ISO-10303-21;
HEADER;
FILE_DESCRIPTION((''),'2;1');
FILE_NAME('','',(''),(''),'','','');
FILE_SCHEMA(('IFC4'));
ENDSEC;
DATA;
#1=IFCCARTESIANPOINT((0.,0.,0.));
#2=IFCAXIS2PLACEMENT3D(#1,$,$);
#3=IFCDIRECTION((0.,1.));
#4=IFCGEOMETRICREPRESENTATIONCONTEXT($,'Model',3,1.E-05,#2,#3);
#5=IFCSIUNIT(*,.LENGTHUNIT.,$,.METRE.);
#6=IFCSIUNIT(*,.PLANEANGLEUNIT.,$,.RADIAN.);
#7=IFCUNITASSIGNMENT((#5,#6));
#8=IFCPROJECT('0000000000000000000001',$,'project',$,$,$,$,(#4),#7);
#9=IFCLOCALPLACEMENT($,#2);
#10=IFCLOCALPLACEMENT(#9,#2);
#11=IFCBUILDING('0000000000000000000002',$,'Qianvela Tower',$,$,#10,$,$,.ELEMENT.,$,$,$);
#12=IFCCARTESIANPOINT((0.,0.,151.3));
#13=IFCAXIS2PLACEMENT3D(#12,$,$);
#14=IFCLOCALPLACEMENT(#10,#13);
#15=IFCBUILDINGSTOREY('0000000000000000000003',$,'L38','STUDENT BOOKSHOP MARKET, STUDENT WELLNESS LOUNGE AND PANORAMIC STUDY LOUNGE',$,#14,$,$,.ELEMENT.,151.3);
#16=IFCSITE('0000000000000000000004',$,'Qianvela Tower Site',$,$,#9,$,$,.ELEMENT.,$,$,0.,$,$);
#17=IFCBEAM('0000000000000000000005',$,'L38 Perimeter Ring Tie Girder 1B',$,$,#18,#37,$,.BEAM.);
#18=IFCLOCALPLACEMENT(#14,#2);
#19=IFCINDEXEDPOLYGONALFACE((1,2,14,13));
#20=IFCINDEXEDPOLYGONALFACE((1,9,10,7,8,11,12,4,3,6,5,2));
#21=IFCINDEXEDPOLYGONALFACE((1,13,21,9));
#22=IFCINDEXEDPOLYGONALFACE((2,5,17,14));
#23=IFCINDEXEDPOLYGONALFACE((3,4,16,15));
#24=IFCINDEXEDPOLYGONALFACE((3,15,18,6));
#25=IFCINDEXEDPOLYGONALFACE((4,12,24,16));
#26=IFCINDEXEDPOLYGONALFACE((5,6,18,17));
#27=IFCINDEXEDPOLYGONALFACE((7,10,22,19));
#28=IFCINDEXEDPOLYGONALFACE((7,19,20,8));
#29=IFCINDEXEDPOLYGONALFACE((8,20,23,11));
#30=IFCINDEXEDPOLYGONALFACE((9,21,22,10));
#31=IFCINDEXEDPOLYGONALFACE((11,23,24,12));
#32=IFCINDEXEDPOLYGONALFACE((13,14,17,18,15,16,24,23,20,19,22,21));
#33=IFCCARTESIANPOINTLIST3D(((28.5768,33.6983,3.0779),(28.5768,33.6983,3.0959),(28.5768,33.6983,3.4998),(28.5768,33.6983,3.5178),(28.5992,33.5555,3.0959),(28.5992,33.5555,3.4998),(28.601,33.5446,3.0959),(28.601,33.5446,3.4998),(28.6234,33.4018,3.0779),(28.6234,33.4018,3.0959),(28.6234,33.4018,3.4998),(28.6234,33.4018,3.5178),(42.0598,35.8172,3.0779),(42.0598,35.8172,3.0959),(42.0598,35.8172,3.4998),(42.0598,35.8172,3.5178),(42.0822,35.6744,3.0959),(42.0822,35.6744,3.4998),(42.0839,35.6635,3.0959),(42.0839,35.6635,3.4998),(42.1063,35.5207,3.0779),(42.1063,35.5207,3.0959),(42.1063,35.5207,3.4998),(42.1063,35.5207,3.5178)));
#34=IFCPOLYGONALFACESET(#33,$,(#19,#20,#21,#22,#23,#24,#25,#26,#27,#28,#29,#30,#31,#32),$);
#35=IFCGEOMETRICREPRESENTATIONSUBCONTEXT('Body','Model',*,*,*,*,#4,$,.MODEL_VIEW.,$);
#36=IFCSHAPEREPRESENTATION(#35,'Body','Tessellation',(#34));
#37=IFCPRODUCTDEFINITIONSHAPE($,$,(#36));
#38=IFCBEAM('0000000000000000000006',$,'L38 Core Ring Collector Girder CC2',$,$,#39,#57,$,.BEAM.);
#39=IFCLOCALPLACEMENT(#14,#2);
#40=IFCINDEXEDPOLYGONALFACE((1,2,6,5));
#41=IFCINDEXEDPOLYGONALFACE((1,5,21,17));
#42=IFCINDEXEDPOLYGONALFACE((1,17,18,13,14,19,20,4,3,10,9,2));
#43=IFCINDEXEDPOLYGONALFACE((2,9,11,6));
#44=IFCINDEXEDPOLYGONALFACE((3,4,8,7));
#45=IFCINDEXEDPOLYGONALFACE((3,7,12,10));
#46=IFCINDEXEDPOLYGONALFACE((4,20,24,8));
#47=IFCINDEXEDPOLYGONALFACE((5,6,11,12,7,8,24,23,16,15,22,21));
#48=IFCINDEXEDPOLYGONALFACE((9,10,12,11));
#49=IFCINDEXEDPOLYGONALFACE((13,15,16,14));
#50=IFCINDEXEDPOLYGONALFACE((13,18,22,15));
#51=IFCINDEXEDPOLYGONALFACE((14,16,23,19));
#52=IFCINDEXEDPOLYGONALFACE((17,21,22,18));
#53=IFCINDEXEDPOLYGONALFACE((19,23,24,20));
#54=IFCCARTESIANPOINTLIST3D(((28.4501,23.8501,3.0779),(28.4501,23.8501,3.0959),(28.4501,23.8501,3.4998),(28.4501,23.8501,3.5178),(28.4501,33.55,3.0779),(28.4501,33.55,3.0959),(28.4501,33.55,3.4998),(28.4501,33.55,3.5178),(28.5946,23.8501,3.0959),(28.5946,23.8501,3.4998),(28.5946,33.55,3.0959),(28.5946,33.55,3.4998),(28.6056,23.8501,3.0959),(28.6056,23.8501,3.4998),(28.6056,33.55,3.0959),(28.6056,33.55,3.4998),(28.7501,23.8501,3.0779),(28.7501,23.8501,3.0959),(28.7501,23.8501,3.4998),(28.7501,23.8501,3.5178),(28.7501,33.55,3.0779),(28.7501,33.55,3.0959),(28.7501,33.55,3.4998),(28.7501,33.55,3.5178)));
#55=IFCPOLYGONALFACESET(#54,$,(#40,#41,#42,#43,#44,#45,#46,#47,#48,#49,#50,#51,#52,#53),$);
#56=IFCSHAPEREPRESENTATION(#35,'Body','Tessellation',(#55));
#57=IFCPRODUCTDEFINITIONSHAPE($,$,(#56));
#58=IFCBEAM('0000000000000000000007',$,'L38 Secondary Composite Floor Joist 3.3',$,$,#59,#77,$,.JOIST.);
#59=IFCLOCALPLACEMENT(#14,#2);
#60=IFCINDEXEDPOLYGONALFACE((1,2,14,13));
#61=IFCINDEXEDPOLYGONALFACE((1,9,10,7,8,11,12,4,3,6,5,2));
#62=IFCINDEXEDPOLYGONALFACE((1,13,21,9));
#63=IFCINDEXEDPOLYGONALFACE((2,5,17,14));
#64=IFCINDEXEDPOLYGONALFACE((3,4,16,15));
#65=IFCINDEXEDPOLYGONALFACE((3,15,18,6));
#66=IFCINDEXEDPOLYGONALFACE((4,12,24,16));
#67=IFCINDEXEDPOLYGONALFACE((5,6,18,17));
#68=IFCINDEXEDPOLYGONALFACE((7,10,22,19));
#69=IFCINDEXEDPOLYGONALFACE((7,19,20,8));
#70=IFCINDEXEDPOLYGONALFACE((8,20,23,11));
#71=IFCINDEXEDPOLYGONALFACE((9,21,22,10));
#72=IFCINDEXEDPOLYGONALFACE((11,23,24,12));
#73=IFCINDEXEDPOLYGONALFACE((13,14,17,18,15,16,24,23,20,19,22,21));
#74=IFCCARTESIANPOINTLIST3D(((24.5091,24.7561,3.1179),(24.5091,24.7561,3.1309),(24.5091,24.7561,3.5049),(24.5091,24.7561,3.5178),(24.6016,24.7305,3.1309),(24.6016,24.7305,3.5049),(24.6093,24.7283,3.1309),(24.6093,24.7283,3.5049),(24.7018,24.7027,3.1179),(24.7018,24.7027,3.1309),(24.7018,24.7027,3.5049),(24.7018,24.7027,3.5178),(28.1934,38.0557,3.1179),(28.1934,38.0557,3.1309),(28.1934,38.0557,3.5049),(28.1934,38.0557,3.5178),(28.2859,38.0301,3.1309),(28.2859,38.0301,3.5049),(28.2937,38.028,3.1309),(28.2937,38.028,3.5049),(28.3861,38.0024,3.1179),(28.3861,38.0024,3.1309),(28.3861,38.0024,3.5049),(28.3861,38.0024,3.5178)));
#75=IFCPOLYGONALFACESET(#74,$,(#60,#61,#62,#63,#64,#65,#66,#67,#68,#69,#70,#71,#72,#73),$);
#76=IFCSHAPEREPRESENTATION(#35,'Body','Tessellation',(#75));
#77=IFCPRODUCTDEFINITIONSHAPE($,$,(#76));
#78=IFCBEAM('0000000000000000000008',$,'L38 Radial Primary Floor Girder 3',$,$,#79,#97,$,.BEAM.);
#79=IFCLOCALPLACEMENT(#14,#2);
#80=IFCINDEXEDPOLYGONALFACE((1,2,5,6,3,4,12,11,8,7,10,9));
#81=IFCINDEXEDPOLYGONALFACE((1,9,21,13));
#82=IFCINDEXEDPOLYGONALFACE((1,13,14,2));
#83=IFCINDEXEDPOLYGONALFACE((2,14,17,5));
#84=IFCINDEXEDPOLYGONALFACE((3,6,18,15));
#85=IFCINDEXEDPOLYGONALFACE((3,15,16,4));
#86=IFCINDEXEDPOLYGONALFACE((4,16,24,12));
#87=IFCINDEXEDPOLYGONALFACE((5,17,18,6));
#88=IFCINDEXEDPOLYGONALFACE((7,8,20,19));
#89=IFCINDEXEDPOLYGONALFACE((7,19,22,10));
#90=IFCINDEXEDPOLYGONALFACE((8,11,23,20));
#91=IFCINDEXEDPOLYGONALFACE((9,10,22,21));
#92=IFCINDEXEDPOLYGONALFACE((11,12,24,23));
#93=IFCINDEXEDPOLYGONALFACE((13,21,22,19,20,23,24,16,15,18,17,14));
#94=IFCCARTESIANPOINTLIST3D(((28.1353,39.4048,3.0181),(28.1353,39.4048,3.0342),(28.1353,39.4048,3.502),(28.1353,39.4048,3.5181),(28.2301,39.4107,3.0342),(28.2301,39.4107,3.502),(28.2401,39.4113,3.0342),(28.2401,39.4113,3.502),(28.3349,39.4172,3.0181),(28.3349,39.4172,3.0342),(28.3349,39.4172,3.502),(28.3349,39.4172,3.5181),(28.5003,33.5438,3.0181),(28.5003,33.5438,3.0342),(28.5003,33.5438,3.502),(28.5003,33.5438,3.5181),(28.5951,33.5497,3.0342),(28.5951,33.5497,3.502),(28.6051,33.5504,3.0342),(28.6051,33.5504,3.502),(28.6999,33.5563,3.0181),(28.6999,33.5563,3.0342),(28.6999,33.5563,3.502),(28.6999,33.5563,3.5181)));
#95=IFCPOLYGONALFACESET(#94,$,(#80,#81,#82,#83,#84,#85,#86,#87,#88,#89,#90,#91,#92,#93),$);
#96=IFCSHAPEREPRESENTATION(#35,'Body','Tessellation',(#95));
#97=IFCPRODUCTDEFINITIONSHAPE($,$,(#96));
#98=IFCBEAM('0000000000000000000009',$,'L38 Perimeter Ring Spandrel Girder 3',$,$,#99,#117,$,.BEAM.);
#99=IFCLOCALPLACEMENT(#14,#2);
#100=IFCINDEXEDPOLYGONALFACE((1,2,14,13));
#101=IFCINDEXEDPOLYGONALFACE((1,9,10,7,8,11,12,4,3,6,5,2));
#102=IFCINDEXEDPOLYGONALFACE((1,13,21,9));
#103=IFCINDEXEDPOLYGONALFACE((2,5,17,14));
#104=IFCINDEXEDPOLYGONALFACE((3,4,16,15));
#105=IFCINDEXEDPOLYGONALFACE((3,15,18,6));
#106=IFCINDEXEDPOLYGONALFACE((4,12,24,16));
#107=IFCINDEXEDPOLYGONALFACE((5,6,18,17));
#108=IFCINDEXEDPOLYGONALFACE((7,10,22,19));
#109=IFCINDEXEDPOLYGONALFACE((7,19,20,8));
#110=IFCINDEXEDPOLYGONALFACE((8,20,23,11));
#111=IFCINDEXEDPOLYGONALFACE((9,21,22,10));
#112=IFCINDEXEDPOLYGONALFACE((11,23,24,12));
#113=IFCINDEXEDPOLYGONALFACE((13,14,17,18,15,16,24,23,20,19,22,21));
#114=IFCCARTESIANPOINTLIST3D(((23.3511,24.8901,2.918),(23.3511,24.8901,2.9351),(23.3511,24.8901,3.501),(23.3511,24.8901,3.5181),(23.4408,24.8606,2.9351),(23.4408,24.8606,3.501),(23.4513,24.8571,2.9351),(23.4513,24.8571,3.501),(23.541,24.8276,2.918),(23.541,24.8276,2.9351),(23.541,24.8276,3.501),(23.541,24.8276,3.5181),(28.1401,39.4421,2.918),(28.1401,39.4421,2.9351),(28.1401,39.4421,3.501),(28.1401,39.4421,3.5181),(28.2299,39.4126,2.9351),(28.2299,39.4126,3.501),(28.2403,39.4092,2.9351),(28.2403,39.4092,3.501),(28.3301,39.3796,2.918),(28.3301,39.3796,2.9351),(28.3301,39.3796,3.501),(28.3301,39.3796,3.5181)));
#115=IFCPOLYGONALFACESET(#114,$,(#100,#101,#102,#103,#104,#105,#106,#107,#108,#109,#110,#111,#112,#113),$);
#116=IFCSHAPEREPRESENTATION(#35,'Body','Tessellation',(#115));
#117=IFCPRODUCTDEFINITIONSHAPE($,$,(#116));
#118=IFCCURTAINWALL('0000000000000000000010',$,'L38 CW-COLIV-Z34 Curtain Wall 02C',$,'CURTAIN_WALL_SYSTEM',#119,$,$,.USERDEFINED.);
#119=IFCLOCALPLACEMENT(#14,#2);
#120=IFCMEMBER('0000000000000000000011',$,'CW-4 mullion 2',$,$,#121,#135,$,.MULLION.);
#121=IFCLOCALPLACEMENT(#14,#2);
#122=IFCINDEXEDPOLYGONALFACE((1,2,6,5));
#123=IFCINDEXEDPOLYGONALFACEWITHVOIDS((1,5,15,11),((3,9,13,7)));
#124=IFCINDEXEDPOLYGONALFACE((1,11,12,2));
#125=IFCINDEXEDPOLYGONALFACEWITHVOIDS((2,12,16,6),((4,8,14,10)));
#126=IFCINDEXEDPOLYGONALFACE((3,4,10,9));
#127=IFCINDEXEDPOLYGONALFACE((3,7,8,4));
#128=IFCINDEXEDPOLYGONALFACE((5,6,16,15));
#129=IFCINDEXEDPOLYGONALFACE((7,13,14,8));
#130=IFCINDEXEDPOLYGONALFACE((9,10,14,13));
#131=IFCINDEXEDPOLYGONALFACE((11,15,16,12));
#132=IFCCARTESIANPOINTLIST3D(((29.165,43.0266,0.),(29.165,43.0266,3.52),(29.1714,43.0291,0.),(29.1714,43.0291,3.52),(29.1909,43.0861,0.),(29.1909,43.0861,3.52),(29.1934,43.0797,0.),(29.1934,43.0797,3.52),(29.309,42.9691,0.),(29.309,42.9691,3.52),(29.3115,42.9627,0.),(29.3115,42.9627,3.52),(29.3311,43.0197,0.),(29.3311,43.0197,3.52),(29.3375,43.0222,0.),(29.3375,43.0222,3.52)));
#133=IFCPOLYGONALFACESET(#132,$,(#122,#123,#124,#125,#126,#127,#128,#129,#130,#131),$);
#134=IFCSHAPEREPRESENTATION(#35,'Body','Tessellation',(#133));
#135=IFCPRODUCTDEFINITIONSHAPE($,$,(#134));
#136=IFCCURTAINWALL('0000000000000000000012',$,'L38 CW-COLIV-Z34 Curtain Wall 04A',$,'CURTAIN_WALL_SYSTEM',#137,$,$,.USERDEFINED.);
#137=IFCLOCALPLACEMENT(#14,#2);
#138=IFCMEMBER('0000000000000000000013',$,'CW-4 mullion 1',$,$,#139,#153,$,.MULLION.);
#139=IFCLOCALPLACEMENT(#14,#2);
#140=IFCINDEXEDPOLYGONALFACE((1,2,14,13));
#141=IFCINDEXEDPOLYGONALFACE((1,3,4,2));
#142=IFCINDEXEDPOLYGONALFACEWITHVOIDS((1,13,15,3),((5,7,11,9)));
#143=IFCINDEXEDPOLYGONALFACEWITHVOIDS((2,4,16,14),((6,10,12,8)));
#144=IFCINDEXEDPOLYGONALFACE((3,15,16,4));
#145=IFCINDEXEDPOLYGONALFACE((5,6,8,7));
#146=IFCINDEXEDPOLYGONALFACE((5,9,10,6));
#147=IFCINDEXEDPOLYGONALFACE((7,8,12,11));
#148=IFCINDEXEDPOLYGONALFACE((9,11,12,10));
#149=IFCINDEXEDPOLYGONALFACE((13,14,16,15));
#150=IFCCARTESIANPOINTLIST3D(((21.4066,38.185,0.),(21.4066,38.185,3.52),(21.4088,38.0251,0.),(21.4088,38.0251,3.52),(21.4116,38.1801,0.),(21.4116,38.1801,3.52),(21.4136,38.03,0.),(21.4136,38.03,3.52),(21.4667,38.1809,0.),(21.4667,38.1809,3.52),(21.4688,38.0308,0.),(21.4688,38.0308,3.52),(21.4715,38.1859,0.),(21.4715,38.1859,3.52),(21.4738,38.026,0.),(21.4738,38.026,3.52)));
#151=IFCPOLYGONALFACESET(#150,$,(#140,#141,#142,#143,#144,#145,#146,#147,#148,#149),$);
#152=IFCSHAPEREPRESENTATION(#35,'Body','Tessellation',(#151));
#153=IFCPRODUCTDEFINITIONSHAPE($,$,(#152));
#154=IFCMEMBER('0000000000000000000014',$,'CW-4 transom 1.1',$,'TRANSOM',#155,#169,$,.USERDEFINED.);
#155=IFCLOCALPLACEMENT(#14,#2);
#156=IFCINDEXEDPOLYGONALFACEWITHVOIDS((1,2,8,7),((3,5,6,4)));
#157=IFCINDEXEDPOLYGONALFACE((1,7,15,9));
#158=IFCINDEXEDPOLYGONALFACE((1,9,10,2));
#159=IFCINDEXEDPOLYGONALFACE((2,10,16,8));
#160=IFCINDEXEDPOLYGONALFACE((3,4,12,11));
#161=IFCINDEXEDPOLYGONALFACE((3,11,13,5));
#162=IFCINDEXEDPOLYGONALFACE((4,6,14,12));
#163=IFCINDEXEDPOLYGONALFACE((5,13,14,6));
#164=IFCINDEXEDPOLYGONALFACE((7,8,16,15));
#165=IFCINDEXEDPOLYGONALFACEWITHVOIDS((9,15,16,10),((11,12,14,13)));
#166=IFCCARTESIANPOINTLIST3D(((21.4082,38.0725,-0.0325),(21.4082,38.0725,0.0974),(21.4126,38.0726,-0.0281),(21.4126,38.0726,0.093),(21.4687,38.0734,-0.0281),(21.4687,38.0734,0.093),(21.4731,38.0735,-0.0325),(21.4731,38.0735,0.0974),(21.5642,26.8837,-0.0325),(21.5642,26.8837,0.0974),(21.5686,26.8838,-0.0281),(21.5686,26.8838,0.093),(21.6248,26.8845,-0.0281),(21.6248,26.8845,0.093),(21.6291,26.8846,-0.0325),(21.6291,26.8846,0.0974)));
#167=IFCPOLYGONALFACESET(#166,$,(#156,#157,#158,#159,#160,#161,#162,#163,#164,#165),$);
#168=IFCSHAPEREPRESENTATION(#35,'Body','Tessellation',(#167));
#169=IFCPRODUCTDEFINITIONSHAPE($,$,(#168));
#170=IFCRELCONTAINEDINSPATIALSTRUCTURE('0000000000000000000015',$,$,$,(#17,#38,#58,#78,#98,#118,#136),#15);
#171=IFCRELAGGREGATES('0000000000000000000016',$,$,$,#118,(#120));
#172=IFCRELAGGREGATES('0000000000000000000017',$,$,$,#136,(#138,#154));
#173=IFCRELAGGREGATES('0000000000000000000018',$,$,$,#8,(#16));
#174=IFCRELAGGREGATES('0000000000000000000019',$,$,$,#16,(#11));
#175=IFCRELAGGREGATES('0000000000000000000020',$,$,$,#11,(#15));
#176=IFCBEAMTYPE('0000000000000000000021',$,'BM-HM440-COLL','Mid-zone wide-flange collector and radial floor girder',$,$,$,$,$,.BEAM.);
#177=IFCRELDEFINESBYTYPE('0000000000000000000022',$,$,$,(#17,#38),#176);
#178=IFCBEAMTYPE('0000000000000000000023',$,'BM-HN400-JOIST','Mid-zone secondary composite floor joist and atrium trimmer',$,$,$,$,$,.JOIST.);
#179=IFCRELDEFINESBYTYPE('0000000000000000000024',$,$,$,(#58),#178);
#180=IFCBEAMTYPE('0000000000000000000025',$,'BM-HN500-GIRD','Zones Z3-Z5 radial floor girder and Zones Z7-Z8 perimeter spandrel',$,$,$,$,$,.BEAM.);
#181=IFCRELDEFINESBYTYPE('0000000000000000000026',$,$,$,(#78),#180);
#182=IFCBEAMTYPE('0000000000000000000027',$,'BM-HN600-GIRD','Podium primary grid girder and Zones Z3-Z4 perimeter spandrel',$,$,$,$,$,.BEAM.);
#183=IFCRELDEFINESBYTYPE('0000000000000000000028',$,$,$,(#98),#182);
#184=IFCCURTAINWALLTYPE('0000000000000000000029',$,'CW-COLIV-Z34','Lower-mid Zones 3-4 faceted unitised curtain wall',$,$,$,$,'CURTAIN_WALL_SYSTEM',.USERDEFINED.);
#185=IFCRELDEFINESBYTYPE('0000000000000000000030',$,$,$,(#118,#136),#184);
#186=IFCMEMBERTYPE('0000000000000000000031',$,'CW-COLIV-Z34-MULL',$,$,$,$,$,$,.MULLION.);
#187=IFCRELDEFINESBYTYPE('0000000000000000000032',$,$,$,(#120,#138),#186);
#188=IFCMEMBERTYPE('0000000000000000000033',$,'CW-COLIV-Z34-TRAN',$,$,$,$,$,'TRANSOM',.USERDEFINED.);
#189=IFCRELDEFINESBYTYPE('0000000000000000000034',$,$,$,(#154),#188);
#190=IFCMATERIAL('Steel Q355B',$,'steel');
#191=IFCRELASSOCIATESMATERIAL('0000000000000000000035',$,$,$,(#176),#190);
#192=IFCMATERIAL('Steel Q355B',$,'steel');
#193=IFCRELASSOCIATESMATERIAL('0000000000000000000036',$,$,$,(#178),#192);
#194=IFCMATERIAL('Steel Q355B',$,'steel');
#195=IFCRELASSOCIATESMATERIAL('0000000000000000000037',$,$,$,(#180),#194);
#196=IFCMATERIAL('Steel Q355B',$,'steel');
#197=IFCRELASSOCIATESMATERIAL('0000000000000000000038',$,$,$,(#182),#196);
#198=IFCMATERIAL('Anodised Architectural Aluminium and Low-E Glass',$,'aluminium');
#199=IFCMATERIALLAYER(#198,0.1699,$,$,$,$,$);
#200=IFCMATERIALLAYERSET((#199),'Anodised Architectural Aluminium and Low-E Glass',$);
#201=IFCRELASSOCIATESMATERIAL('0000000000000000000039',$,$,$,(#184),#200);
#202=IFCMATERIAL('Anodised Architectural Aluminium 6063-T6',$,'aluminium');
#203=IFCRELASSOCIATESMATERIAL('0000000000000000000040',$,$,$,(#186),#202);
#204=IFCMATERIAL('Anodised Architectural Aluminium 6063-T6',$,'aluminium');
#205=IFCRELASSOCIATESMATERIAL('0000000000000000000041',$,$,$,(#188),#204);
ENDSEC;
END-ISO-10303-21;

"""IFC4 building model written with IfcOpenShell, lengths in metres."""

from ifc_helpers import new_model, si_unit, direction, frame, origin, origin_2d, place, context, subcontext, project, spatial, hollow_rectangle, i_section, extrude, material, layer, layer_set, material_profile, profile_set, type_object, element, aggregate, save


model = new_model("IFC4")

# Units and contexts
model_context = context("Model", 3, precision=1e-05, world=origin(), true_north=direction((0.0, 1.0)))
body_context = subcontext(model_context, "Body", "Model", "MODEL_VIEW")
ifc_project = project(units=[si_unit("LENGTHUNIT", "METRE"), si_unit("PLANEANGLEUNIT", "RADIAN")], contexts=[model_context])

# Site, building, storey
site_placement = place(None, origin())
site = spatial("IfcSite", under=ifc_project, at=site_placement, Name="Qianvela Tower Site", CompositionType="ELEMENT", RefElevation=0.0)
building_placement = place(site_placement, origin())
building = spatial("IfcBuilding", under=site, at=building_placement, Name="Qianvela Tower", CompositionType="ELEMENT")
storey_placement = place(building_placement, frame((0.0, 0.0, 151.3)))
storey = spatial("IfcBuildingStorey", under=building, at=storey_placement, Name="L38", Description="STUDENT BOOKSHOP MARKET, STUDENT WELLNESS LOUNGE AND PANORAMIC STUDY LOUNGE", CompositionType="ELEMENT", Elevation=151.3)

# Beams
ifc_material_1 = material(Name="Steel Q355B", Category="steel")
ifc_material_profile_1 = material_profile(ifc_material_1, i_section(OverallWidth=0.3, OverallDepth=0.4399, WebThickness=0.011, FlangeThickness=0.0181, at=origin_2d()), Name="HM440x300x11x18")
ifc_profile_set_1 = profile_set([ifc_material_profile_1], Name="Steel Q355B")
beam_type_1 = type_object("IfcBeamType", Name="BM-HM440-COLL", Description="Mid-zone wide-flange collector and radial floor girder", PredefinedType="BEAM", material=ifc_profile_set_1)
beam_1_placement = place(storey_placement, frame((28.6001, 33.55, 3.2979), z_axis=(0.987875, 0.155249, 0.0), x_axis=(-0.155249, 0.987875, 0.0)))
element("IfcBeam", 1, at=beam_1_placement, inside=storey, type_object=beam_type_1, Name="L38 Perimeter Ring Tie Girder 1B", PredefinedType="BEAM", context=body_context, shape_type="SweptSolid", body=[
    extrude(i_section(OverallWidth=0.3, OverallDepth=0.4399, WebThickness=0.011, FlangeThickness=0.0181, at=origin_2d()), origin(), (0.0, 0.0, 1.0), 13.6484),
])
beam_2_placement = place(storey_placement, frame((28.6001, 33.55, 3.2979), z_axis=(0.0, -1.0, 0.0), x_axis=(1.0, 0.0, 0.0)))
element("IfcBeam", 2, at=beam_2_placement, inside=storey, type_object=beam_type_1, Name="L38 Core Ring Collector Girder CC2", PredefinedType="BEAM", context=body_context, shape_type="SweptSolid", body=[
    extrude(i_section(OverallWidth=0.3, OverallDepth=0.4399, WebThickness=0.011, FlangeThickness=0.0181, at=origin_2d()), origin(), (0.0, 0.0, 1.0), 9.7),
])
ifc_material_2 = material(Name="Steel Q355B", Category="steel")
ifc_material_profile_2 = material_profile(ifc_material_2, i_section(OverallWidth=0.2, OverallDepth=0.3999, WebThickness=0.0081, FlangeThickness=0.0129, at=origin_2d()), Name="HN400x200x8x13")
ifc_profile_set_2 = profile_set([ifc_material_profile_2], Name="Steel Q355B")
beam_type_2 = type_object("IfcBeamType", Name="BM-HN400-JOIST", Description="Mid-zone secondary composite floor joist and atrium trimmer", PredefinedType="JOIST", material=ifc_profile_set_2)
beam_3_placement = place(storey_placement, frame((28.2898, 38.0291, 3.3179), z_axis=(-0.266971, -0.963704, 0.0), x_axis=(0.963704, -0.266971, 0.0)))
element("IfcBeam", 3, at=beam_3_placement, inside=storey, type_object=beam_type_2, Name="L38 Secondary Composite Floor Joist 3.3", PredefinedType="JOIST", context=body_context, shape_type="SweptSolid", body=[
    extrude(i_section(OverallWidth=0.2, OverallDepth=0.3999, WebThickness=0.0081, FlangeThickness=0.0129, at=origin_2d()), origin(), (0.0, 0.0, 1.0), 13.8005),
])
ifc_material_3 = material(Name="Steel Q355B", Category="steel")
ifc_material_profile_3 = material_profile(ifc_material_3, i_section(OverallWidth=0.2, OverallDepth=0.5, WebThickness=0.01, FlangeThickness=0.0161, at=origin_2d()), Name="HN500x200x10x16")
ifc_profile_set_3 = profile_set([ifc_material_profile_3], Name="Steel Q355B")
beam_type_3 = type_object("IfcBeamType", Name="BM-HN500-GIRD", Description="Zones Z3-Z5 radial floor girder and Zones Z7-Z8 perimeter spandrel", PredefinedType="BEAM", material=ifc_profile_set_3)
beam_4_placement = place(storey_placement, frame((28.6001, 33.55, 3.2681), z_axis=(-0.062156, 0.998066, 0.0), x_axis=(-0.998066, -0.062156, 0.0)))
element("IfcBeam", 4, at=beam_4_placement, inside=storey, type_object=beam_type_3, Name="L38 Radial Primary Floor Girder 3", PredefinedType="BEAM", context=body_context, shape_type="SweptSolid", body=[
    extrude(i_section(OverallWidth=0.2, OverallDepth=0.5, WebThickness=0.01, FlangeThickness=0.0161, at=origin_2d()), origin(), (0.0, 0.0, 1.0), 5.8723),
])
ifc_material_4 = material(Name="Steel Q355B", Category="steel")
ifc_material_profile_4 = material_profile(ifc_material_4, i_section(OverallWidth=0.2, OverallDepth=0.6001, WebThickness=0.011, FlangeThickness=0.0171, at=origin_2d()), Name="HN600x200x11x17")
ifc_profile_set_4 = profile_set([ifc_material_profile_4], Name="Steel Q355B")
beam_type_4 = type_object("IfcBeamType", Name="BM-HN600-GIRD", Description="Podium primary grid girder and Zones Z3-Z4 perimeter spandrel", PredefinedType="BEAM", material=ifc_profile_set_4)
beam_5_placement = place(storey_placement, frame((28.2351, 39.4109, 3.218), z_axis=(-0.312606, -0.949883, 0.0), x_axis=(0.949883, -0.312606, 0.0)))
element("IfcBeam", 5, at=beam_5_placement, inside=storey, type_object=beam_type_4, Name="L38 Perimeter Ring Spandrel Girder 3", PredefinedType="BEAM", context=body_context, shape_type="SweptSolid", body=[
    extrude(i_section(OverallWidth=0.2, OverallDepth=0.6001, WebThickness=0.011, FlangeThickness=0.0171, at=origin_2d()), origin(), (0.0, 0.0, 1.0), 15.3198),
])

# Curtain wall, member
ifc_material_5 = material(Name="Anodised Architectural Aluminium and Low-E Glass", Category="aluminium")
ifc_layer_1 = layer(ifc_material_5, 0.1699)
ifc_layer_set_1 = layer_set([ifc_layer_1], Name="Anodised Architectural Aluminium and Low-E Glass")
curtain_wall_type = type_object("IfcCurtainWallType", Name="CW-COLIV-Z34", Description="Lower-mid Zones 3-4 faceted unitised curtain wall", ElementType="CURTAIN_WALL_SYSTEM", PredefinedType="USERDEFINED", material=ifc_layer_set_1)
curtain_wall_1_placement = place(storey_placement, origin())
curtain_wall_1 = element("IfcCurtainWall", 6, at=curtain_wall_1_placement, inside=storey, type_object=curtain_wall_type, Name="L38 CW-COLIV-Z34 Curtain Wall 02C", ObjectType="CURTAIN_WALL_SYSTEM", PredefinedType="USERDEFINED")
ifc_material_6 = material(Name="Anodised Architectural Aluminium 6063-T6", Category="aluminium")
ifc_material_profile_5 = material_profile(ifc_material_6, hollow_rectangle(XDim=0.0649, YDim=0.1599, WallThickness=0.0049, at=origin_2d()), Name="ALU-MULL-65x160")
ifc_profile_set_5 = profile_set([ifc_material_profile_5], Name="Anodised Architectural Aluminium 6063-T6")
member_type_1 = type_object("IfcMemberType", Name="CW-COLIV-Z34-MULL", PredefinedType="MULLION", material=ifc_profile_set_5)
member_1_placement = place(storey_placement, frame((29.2512, 43.0244, 0.0), z_axis=(0.0, 0.0, 1.0), x_axis=(-0.399595, -0.916692, 0.0)))
member_1 = element("IfcMember", 7, at=member_1_placement, type_object=member_type_1, Name="CW-4 mullion 2", PredefinedType="MULLION", context=body_context, shape_type="SweptSolid", body=[
    extrude(hollow_rectangle(XDim=0.0649, YDim=0.1599, WallThickness=0.0049, at=origin_2d()), origin(), (0.0, 0.0, 1.0), 3.52),
])
aggregate(curtain_wall_1, [member_1])

# Curtain wall, members
curtain_wall_2_placement = place(storey_placement, origin())
curtain_wall_2 = element("IfcCurtainWall", 8, at=curtain_wall_2_placement, inside=storey, type_object=curtain_wall_type, Name="L38 CW-COLIV-Z34 Curtain Wall 04A", ObjectType="CURTAIN_WALL_SYSTEM", PredefinedType="USERDEFINED")
member_2_placement = place(storey_placement, frame((21.4402, 38.1055, 0.0), z_axis=(0.0, 0.0, 1.0), x_axis=(0.999903, 0.013958, 0.0)))
member_2 = element("IfcMember", 9, at=member_2_placement, type_object=member_type_1, Name="CW-4 mullion 1", PredefinedType="MULLION", context=body_context, shape_type="SweptSolid", body=[
    extrude(hollow_rectangle(XDim=0.0649, YDim=0.1599, WallThickness=0.0049, at=origin_2d()), origin(), (0.0, 0.0, 1.0), 3.52),
])
ifc_material_7 = material(Name="Anodised Architectural Aluminium 6063-T6", Category="aluminium")
ifc_material_profile_6 = material_profile(ifc_material_7, hollow_rectangle(XDim=0.0649, YDim=0.1299, WallThickness=0.0044, at=origin_2d()), Name="ALU-TRAN-65x130")
ifc_profile_set_6 = profile_set([ifc_material_profile_6], Name="Anodised Architectural Aluminium 6063-T6")
member_type_2 = type_object("IfcMemberType", Name="CW-COLIV-Z34-TRAN", ElementType="TRANSOM", PredefinedType="USERDEFINED", material=ifc_profile_set_6)
member_3_placement = place(storey_placement, frame((21.4407, 38.073, 0.0325), z_axis=(0.013941, -0.999903, 0.0), x_axis=(0.999903, 0.013941, 0.0)))
member_3 = element("IfcMember", 10, at=member_3_placement, type_object=member_type_2, Name="CW-4 transom 1.1", ObjectType="TRANSOM", PredefinedType="USERDEFINED", context=body_context, shape_type="SweptSolid", body=[
    extrude(hollow_rectangle(XDim=0.0649, YDim=0.1299, WallThickness=0.0044, at=origin_2d()), origin(), (0.0, 0.0, 1.0), 11.1899),
])
aggregate(curtain_wall_2, [member_2, member_3])

save(model, "model.ifc")
